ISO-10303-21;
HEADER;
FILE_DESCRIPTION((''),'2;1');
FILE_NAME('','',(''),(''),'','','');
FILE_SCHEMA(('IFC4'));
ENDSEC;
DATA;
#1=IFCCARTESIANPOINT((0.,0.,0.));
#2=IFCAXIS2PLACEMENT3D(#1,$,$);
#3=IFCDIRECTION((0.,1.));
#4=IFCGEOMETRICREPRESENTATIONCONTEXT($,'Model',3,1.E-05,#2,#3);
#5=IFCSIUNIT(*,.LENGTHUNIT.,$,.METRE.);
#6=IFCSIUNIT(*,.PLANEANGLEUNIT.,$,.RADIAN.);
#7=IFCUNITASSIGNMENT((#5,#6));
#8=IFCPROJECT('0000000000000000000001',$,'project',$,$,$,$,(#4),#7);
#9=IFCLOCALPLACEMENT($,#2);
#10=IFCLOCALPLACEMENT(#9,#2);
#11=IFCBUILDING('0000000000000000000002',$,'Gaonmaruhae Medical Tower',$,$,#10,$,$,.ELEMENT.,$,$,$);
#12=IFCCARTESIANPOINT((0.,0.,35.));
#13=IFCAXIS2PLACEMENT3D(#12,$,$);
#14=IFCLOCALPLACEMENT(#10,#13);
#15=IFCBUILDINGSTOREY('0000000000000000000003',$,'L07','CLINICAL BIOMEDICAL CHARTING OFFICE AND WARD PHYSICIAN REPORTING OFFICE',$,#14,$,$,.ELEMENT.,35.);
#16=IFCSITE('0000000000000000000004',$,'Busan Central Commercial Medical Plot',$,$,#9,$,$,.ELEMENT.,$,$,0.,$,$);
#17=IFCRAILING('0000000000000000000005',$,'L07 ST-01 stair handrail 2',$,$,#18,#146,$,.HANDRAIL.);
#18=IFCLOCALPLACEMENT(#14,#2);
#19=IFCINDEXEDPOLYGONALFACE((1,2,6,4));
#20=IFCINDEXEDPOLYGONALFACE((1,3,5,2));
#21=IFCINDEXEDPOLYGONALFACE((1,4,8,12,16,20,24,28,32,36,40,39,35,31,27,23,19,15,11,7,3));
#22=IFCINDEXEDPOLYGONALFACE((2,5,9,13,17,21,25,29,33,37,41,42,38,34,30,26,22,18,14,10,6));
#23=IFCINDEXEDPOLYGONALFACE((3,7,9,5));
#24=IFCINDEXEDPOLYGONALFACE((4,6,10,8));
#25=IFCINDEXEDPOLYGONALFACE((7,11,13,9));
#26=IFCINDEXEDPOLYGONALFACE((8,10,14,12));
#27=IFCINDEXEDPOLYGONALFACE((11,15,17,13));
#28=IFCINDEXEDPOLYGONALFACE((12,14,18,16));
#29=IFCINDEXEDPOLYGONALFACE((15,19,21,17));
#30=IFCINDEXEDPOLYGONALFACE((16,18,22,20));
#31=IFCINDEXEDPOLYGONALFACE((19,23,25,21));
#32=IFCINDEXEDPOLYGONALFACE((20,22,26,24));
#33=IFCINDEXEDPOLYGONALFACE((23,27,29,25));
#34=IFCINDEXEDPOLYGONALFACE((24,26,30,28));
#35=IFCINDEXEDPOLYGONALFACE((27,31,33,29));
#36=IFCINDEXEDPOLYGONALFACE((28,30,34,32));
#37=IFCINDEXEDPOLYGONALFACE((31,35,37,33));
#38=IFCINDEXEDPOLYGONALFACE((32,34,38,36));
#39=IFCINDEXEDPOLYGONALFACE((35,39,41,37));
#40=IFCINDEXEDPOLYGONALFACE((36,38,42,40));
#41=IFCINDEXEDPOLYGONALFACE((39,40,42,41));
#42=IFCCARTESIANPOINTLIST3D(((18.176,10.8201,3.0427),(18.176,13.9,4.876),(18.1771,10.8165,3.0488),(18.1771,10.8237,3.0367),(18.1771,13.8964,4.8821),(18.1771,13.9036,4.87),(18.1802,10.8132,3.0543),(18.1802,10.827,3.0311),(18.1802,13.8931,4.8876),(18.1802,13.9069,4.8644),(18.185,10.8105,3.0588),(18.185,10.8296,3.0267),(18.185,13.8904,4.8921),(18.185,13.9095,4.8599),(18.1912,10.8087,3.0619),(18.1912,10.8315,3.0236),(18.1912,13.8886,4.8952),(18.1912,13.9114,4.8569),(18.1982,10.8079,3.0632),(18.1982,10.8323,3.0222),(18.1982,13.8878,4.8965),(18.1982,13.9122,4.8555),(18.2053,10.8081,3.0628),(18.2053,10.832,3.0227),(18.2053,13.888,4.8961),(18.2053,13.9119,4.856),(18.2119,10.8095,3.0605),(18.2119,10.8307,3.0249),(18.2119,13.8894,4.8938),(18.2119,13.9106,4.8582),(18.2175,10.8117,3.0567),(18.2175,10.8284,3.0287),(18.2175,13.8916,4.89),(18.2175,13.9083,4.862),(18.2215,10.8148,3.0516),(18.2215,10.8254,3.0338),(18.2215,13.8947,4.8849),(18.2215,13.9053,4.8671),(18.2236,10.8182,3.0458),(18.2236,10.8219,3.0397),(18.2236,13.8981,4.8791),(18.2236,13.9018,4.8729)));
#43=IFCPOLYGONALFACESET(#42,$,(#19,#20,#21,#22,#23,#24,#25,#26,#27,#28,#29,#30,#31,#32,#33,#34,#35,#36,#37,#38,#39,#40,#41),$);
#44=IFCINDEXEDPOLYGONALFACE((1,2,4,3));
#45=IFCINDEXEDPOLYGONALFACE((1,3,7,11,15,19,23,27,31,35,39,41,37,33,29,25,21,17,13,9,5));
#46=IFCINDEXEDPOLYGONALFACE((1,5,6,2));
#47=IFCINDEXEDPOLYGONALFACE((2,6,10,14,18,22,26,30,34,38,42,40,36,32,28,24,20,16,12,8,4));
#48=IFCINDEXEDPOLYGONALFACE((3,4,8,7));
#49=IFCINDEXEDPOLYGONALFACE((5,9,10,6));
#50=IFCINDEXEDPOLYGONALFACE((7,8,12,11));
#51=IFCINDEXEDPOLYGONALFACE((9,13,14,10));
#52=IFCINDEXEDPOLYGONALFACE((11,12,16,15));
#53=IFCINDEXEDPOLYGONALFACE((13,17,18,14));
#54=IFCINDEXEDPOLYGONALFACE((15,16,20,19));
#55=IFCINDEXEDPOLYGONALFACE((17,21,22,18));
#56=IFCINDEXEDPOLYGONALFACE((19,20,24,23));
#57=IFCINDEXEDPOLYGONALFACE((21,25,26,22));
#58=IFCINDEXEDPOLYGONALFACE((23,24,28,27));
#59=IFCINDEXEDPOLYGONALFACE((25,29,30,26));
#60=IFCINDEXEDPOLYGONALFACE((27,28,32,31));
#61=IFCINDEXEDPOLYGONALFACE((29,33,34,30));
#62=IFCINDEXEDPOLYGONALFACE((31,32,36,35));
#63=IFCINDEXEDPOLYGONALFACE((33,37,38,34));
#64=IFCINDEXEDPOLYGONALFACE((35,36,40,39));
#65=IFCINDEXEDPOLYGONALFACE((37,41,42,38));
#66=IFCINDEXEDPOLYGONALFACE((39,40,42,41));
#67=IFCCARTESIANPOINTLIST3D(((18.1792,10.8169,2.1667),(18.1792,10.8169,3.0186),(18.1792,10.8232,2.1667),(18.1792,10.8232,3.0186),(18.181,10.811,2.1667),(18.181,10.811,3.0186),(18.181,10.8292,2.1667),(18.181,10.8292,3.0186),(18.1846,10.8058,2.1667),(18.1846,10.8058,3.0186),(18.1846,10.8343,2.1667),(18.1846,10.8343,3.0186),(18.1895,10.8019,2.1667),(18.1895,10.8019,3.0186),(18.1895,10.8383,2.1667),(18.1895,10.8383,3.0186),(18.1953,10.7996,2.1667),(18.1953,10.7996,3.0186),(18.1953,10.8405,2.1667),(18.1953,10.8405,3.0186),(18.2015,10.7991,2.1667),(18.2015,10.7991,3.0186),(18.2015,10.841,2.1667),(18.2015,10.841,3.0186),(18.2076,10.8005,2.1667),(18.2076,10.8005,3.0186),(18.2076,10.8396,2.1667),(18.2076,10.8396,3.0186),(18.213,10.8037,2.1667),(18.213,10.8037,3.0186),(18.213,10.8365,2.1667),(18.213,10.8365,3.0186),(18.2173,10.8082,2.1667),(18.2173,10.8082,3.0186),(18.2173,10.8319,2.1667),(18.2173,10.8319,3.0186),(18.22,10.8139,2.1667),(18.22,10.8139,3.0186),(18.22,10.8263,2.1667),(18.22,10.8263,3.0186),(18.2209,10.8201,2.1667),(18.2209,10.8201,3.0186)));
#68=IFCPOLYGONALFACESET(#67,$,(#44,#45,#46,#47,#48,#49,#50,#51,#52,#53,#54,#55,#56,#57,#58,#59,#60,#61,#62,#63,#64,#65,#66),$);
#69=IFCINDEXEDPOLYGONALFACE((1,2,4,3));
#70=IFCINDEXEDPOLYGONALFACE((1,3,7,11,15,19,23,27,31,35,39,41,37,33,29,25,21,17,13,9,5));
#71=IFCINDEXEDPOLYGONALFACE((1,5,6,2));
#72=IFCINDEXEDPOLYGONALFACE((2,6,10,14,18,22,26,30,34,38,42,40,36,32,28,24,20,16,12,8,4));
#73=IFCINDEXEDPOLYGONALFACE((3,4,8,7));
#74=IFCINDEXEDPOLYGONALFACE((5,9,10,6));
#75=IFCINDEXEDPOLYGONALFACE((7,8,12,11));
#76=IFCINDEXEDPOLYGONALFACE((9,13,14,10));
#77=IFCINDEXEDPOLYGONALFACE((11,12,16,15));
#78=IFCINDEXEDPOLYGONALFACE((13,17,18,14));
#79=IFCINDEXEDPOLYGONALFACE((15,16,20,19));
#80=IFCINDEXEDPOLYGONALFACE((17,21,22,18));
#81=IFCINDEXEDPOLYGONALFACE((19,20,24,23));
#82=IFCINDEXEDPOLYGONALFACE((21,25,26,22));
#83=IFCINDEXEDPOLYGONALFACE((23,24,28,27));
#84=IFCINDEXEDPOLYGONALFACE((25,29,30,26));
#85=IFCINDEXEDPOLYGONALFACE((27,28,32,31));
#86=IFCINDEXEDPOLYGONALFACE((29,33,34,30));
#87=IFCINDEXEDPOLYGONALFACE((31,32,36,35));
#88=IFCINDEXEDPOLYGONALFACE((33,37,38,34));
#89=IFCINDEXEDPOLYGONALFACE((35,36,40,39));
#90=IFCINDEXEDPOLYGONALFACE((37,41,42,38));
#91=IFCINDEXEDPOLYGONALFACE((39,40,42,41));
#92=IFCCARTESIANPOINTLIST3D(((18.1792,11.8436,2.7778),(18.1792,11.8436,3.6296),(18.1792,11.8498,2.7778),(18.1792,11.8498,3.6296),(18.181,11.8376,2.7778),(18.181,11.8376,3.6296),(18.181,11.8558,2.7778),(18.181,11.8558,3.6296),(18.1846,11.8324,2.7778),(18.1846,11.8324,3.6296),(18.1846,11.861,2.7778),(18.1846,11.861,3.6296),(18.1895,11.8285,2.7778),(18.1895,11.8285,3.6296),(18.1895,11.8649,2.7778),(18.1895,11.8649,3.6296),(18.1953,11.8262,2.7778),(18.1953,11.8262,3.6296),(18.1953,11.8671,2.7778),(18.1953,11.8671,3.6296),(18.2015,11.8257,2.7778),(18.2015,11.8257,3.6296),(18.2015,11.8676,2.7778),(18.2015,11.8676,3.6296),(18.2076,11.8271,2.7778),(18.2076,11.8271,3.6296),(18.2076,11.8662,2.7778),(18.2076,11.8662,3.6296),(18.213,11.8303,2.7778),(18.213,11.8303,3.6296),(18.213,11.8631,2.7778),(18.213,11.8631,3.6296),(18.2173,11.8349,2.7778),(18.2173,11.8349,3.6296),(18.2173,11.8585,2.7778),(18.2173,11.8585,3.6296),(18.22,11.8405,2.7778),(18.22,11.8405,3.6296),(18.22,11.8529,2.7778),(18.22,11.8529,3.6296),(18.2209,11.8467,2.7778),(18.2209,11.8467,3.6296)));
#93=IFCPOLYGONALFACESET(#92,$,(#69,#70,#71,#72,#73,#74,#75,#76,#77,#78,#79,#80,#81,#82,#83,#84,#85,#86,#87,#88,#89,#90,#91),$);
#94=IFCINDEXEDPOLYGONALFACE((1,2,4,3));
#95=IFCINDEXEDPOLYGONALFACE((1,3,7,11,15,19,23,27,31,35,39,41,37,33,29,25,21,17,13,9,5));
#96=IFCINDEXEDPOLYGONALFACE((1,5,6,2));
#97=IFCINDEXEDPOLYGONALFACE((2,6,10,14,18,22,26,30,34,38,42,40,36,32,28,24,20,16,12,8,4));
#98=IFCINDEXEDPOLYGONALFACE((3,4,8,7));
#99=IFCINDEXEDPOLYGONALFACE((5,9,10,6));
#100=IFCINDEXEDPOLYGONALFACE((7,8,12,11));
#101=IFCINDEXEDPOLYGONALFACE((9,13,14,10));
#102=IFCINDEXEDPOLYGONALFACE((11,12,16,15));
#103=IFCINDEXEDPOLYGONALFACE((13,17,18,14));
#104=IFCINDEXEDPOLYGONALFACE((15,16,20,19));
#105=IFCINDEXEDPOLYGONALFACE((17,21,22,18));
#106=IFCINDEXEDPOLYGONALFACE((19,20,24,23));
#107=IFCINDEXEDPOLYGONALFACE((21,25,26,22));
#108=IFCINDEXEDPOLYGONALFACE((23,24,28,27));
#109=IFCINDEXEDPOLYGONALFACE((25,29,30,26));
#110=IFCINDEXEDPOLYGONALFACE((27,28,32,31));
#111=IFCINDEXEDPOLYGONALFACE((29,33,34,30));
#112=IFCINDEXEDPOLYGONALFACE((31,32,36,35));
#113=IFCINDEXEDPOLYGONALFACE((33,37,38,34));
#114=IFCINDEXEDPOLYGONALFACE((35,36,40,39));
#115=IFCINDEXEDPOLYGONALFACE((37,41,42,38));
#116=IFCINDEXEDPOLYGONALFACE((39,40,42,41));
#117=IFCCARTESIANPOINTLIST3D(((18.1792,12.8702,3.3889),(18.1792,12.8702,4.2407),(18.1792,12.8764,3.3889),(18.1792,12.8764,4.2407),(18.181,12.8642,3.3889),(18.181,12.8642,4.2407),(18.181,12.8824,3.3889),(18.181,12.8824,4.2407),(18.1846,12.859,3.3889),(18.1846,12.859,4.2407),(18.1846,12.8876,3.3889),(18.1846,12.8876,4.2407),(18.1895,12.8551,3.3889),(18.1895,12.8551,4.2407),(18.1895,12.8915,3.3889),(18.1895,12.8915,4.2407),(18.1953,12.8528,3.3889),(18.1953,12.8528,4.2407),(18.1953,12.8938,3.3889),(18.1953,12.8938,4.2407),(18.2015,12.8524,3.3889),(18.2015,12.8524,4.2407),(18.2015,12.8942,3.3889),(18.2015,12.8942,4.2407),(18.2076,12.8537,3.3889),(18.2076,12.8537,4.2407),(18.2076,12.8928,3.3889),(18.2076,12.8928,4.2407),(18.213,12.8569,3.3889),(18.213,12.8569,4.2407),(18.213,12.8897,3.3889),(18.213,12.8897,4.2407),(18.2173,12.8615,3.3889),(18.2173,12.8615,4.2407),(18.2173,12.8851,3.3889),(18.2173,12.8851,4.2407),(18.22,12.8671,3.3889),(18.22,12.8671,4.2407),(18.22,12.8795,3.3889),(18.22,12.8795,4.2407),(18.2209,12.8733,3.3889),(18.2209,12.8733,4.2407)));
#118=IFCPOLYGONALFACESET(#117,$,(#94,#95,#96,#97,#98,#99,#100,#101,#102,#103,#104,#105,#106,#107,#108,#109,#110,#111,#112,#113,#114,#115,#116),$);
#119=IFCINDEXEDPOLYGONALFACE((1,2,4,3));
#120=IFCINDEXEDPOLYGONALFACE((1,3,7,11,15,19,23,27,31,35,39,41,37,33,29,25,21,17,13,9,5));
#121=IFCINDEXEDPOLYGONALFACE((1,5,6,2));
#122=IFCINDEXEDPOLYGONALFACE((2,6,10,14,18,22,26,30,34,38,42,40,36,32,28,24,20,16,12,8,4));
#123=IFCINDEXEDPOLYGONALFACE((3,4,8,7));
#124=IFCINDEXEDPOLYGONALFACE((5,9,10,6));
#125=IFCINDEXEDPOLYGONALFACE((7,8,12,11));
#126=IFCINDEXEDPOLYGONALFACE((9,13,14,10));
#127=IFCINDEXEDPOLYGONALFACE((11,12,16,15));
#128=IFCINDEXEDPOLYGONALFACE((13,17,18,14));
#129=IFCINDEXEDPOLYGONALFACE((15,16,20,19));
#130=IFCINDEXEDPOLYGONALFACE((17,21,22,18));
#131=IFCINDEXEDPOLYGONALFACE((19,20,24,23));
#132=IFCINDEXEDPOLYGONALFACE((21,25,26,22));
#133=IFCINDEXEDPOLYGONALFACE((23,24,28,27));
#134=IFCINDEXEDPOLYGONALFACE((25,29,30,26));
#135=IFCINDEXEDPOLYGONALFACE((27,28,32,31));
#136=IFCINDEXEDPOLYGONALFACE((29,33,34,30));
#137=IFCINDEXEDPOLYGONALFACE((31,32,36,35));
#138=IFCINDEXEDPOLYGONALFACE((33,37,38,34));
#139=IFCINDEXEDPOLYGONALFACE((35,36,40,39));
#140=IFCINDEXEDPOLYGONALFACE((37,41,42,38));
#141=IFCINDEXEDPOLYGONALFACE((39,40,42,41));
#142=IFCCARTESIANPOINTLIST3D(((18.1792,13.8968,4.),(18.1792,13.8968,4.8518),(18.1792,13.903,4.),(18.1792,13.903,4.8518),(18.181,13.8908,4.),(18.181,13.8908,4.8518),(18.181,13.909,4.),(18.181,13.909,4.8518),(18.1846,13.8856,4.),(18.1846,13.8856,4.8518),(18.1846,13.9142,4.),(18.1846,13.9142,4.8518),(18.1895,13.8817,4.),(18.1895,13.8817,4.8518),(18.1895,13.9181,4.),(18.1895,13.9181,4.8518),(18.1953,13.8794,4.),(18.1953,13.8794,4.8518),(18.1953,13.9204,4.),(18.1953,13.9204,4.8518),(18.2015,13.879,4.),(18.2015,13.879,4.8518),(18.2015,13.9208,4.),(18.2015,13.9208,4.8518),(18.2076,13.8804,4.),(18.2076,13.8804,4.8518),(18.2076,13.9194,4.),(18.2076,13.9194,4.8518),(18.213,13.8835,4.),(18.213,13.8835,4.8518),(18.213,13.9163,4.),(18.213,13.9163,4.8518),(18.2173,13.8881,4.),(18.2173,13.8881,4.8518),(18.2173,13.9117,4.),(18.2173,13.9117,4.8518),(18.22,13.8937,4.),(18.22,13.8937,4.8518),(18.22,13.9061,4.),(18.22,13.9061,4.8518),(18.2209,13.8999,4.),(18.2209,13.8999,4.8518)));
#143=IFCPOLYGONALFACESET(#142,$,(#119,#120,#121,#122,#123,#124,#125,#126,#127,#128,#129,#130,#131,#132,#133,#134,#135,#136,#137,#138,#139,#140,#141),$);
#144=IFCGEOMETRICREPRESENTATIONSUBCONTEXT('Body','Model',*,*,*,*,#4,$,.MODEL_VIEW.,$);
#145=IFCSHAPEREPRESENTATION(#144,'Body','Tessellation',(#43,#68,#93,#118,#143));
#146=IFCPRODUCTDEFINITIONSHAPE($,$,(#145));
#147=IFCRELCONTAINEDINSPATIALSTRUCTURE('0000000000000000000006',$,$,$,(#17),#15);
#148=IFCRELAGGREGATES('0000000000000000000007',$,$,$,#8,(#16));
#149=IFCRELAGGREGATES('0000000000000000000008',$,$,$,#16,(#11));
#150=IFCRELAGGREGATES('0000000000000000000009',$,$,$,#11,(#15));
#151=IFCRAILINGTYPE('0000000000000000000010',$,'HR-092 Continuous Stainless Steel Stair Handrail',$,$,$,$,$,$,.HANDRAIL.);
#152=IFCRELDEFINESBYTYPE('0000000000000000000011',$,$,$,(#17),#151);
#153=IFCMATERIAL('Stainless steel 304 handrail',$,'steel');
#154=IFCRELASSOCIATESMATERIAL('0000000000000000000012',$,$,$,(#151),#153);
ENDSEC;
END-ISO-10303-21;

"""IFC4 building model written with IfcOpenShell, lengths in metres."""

from ifc_helpers import new_model, si_unit, direction, frame, origin, origin_2d, place, context, subcontext, project, spatial, circle, extrude, material, type_object, element, save


model = new_model("IFC4")

# Units and contexts
model_context = context("Model", 3, precision=1e-05, world=origin(), true_north=direction((0.0, 1.0)))
body_context = subcontext(model_context, "Body", "Model", "MODEL_VIEW")
ifc_project = project(units=[si_unit("LENGTHUNIT", "METRE"), si_unit("PLANEANGLEUNIT", "RADIAN")], contexts=[model_context])

# Site, building, storey
site_placement = place(None, origin())
site = spatial("IfcSite", under=ifc_project, at=site_placement, Name="Busan Central Commercial Medical Plot", CompositionType="ELEMENT", RefElevation=0.0)
building_placement = place(site_placement, origin())
building = spatial("IfcBuilding", under=site, at=building_placement, Name="Gaonmaruhae Medical Tower", CompositionType="ELEMENT")
storey_placement = place(building_placement, frame((0.0, 0.0, 35.0)))
storey = spatial("IfcBuildingStorey", under=building, at=storey_placement, Name="L07", Description="CLINICAL BIOMEDICAL CHARTING OFFICE AND WARD PHYSICIAN REPORTING OFFICE", CompositionType="ELEMENT", Elevation=35.0)

# Railing
ifc_material_1 = material(Name="Stainless steel 304 handrail", Category="steel")
railing_type_1 = type_object("IfcRailingType", Name="HR-092 Continuous Stainless Steel Stair Handrail", PredefinedType="HANDRAIL", material=ifc_material_1)
railing_1_placement = place(storey_placement, frame((18.2, 10.8201, 2.1667)))
element("IfcRailing", 1, at=railing_1_placement, inside=storey, type_object=railing_type_1, Name="L07 ST-01 stair handrail 2", PredefinedType="HANDRAIL", context=body_context, shape_type="SweptSolid", body=[
    extrude(circle(Radius=0.0239, at=origin_2d()), frame((0.0, 0.0, 0.876), z_axis=(0.0, 0.859291, 0.511487), x_axis=(-1.0, 0.0, 0.0)), (0.0, 0.0, 1.0), 3.5842),
    extrude(circle(Radius=0.021, at=origin_2d()), origin(), (0.0, 0.0, 1.0), 0.8518),
    extrude(circle(Radius=0.021, at=origin_2d()), frame((0.0, 1.0266, 0.6111)), (0.0, 0.0, 1.0), 0.8518),
    extrude(circle(Radius=0.021, at=origin_2d()), frame((0.0, 2.0532, 1.2222)), (0.0, 0.0, 1.0), 0.8518),
    extrude(circle(Radius=0.021, at=origin_2d()), frame((0.0, 3.0798, 1.8333)), (0.0, 0.0, 1.0), 0.8518),
])

save(model, "model.ifc")
